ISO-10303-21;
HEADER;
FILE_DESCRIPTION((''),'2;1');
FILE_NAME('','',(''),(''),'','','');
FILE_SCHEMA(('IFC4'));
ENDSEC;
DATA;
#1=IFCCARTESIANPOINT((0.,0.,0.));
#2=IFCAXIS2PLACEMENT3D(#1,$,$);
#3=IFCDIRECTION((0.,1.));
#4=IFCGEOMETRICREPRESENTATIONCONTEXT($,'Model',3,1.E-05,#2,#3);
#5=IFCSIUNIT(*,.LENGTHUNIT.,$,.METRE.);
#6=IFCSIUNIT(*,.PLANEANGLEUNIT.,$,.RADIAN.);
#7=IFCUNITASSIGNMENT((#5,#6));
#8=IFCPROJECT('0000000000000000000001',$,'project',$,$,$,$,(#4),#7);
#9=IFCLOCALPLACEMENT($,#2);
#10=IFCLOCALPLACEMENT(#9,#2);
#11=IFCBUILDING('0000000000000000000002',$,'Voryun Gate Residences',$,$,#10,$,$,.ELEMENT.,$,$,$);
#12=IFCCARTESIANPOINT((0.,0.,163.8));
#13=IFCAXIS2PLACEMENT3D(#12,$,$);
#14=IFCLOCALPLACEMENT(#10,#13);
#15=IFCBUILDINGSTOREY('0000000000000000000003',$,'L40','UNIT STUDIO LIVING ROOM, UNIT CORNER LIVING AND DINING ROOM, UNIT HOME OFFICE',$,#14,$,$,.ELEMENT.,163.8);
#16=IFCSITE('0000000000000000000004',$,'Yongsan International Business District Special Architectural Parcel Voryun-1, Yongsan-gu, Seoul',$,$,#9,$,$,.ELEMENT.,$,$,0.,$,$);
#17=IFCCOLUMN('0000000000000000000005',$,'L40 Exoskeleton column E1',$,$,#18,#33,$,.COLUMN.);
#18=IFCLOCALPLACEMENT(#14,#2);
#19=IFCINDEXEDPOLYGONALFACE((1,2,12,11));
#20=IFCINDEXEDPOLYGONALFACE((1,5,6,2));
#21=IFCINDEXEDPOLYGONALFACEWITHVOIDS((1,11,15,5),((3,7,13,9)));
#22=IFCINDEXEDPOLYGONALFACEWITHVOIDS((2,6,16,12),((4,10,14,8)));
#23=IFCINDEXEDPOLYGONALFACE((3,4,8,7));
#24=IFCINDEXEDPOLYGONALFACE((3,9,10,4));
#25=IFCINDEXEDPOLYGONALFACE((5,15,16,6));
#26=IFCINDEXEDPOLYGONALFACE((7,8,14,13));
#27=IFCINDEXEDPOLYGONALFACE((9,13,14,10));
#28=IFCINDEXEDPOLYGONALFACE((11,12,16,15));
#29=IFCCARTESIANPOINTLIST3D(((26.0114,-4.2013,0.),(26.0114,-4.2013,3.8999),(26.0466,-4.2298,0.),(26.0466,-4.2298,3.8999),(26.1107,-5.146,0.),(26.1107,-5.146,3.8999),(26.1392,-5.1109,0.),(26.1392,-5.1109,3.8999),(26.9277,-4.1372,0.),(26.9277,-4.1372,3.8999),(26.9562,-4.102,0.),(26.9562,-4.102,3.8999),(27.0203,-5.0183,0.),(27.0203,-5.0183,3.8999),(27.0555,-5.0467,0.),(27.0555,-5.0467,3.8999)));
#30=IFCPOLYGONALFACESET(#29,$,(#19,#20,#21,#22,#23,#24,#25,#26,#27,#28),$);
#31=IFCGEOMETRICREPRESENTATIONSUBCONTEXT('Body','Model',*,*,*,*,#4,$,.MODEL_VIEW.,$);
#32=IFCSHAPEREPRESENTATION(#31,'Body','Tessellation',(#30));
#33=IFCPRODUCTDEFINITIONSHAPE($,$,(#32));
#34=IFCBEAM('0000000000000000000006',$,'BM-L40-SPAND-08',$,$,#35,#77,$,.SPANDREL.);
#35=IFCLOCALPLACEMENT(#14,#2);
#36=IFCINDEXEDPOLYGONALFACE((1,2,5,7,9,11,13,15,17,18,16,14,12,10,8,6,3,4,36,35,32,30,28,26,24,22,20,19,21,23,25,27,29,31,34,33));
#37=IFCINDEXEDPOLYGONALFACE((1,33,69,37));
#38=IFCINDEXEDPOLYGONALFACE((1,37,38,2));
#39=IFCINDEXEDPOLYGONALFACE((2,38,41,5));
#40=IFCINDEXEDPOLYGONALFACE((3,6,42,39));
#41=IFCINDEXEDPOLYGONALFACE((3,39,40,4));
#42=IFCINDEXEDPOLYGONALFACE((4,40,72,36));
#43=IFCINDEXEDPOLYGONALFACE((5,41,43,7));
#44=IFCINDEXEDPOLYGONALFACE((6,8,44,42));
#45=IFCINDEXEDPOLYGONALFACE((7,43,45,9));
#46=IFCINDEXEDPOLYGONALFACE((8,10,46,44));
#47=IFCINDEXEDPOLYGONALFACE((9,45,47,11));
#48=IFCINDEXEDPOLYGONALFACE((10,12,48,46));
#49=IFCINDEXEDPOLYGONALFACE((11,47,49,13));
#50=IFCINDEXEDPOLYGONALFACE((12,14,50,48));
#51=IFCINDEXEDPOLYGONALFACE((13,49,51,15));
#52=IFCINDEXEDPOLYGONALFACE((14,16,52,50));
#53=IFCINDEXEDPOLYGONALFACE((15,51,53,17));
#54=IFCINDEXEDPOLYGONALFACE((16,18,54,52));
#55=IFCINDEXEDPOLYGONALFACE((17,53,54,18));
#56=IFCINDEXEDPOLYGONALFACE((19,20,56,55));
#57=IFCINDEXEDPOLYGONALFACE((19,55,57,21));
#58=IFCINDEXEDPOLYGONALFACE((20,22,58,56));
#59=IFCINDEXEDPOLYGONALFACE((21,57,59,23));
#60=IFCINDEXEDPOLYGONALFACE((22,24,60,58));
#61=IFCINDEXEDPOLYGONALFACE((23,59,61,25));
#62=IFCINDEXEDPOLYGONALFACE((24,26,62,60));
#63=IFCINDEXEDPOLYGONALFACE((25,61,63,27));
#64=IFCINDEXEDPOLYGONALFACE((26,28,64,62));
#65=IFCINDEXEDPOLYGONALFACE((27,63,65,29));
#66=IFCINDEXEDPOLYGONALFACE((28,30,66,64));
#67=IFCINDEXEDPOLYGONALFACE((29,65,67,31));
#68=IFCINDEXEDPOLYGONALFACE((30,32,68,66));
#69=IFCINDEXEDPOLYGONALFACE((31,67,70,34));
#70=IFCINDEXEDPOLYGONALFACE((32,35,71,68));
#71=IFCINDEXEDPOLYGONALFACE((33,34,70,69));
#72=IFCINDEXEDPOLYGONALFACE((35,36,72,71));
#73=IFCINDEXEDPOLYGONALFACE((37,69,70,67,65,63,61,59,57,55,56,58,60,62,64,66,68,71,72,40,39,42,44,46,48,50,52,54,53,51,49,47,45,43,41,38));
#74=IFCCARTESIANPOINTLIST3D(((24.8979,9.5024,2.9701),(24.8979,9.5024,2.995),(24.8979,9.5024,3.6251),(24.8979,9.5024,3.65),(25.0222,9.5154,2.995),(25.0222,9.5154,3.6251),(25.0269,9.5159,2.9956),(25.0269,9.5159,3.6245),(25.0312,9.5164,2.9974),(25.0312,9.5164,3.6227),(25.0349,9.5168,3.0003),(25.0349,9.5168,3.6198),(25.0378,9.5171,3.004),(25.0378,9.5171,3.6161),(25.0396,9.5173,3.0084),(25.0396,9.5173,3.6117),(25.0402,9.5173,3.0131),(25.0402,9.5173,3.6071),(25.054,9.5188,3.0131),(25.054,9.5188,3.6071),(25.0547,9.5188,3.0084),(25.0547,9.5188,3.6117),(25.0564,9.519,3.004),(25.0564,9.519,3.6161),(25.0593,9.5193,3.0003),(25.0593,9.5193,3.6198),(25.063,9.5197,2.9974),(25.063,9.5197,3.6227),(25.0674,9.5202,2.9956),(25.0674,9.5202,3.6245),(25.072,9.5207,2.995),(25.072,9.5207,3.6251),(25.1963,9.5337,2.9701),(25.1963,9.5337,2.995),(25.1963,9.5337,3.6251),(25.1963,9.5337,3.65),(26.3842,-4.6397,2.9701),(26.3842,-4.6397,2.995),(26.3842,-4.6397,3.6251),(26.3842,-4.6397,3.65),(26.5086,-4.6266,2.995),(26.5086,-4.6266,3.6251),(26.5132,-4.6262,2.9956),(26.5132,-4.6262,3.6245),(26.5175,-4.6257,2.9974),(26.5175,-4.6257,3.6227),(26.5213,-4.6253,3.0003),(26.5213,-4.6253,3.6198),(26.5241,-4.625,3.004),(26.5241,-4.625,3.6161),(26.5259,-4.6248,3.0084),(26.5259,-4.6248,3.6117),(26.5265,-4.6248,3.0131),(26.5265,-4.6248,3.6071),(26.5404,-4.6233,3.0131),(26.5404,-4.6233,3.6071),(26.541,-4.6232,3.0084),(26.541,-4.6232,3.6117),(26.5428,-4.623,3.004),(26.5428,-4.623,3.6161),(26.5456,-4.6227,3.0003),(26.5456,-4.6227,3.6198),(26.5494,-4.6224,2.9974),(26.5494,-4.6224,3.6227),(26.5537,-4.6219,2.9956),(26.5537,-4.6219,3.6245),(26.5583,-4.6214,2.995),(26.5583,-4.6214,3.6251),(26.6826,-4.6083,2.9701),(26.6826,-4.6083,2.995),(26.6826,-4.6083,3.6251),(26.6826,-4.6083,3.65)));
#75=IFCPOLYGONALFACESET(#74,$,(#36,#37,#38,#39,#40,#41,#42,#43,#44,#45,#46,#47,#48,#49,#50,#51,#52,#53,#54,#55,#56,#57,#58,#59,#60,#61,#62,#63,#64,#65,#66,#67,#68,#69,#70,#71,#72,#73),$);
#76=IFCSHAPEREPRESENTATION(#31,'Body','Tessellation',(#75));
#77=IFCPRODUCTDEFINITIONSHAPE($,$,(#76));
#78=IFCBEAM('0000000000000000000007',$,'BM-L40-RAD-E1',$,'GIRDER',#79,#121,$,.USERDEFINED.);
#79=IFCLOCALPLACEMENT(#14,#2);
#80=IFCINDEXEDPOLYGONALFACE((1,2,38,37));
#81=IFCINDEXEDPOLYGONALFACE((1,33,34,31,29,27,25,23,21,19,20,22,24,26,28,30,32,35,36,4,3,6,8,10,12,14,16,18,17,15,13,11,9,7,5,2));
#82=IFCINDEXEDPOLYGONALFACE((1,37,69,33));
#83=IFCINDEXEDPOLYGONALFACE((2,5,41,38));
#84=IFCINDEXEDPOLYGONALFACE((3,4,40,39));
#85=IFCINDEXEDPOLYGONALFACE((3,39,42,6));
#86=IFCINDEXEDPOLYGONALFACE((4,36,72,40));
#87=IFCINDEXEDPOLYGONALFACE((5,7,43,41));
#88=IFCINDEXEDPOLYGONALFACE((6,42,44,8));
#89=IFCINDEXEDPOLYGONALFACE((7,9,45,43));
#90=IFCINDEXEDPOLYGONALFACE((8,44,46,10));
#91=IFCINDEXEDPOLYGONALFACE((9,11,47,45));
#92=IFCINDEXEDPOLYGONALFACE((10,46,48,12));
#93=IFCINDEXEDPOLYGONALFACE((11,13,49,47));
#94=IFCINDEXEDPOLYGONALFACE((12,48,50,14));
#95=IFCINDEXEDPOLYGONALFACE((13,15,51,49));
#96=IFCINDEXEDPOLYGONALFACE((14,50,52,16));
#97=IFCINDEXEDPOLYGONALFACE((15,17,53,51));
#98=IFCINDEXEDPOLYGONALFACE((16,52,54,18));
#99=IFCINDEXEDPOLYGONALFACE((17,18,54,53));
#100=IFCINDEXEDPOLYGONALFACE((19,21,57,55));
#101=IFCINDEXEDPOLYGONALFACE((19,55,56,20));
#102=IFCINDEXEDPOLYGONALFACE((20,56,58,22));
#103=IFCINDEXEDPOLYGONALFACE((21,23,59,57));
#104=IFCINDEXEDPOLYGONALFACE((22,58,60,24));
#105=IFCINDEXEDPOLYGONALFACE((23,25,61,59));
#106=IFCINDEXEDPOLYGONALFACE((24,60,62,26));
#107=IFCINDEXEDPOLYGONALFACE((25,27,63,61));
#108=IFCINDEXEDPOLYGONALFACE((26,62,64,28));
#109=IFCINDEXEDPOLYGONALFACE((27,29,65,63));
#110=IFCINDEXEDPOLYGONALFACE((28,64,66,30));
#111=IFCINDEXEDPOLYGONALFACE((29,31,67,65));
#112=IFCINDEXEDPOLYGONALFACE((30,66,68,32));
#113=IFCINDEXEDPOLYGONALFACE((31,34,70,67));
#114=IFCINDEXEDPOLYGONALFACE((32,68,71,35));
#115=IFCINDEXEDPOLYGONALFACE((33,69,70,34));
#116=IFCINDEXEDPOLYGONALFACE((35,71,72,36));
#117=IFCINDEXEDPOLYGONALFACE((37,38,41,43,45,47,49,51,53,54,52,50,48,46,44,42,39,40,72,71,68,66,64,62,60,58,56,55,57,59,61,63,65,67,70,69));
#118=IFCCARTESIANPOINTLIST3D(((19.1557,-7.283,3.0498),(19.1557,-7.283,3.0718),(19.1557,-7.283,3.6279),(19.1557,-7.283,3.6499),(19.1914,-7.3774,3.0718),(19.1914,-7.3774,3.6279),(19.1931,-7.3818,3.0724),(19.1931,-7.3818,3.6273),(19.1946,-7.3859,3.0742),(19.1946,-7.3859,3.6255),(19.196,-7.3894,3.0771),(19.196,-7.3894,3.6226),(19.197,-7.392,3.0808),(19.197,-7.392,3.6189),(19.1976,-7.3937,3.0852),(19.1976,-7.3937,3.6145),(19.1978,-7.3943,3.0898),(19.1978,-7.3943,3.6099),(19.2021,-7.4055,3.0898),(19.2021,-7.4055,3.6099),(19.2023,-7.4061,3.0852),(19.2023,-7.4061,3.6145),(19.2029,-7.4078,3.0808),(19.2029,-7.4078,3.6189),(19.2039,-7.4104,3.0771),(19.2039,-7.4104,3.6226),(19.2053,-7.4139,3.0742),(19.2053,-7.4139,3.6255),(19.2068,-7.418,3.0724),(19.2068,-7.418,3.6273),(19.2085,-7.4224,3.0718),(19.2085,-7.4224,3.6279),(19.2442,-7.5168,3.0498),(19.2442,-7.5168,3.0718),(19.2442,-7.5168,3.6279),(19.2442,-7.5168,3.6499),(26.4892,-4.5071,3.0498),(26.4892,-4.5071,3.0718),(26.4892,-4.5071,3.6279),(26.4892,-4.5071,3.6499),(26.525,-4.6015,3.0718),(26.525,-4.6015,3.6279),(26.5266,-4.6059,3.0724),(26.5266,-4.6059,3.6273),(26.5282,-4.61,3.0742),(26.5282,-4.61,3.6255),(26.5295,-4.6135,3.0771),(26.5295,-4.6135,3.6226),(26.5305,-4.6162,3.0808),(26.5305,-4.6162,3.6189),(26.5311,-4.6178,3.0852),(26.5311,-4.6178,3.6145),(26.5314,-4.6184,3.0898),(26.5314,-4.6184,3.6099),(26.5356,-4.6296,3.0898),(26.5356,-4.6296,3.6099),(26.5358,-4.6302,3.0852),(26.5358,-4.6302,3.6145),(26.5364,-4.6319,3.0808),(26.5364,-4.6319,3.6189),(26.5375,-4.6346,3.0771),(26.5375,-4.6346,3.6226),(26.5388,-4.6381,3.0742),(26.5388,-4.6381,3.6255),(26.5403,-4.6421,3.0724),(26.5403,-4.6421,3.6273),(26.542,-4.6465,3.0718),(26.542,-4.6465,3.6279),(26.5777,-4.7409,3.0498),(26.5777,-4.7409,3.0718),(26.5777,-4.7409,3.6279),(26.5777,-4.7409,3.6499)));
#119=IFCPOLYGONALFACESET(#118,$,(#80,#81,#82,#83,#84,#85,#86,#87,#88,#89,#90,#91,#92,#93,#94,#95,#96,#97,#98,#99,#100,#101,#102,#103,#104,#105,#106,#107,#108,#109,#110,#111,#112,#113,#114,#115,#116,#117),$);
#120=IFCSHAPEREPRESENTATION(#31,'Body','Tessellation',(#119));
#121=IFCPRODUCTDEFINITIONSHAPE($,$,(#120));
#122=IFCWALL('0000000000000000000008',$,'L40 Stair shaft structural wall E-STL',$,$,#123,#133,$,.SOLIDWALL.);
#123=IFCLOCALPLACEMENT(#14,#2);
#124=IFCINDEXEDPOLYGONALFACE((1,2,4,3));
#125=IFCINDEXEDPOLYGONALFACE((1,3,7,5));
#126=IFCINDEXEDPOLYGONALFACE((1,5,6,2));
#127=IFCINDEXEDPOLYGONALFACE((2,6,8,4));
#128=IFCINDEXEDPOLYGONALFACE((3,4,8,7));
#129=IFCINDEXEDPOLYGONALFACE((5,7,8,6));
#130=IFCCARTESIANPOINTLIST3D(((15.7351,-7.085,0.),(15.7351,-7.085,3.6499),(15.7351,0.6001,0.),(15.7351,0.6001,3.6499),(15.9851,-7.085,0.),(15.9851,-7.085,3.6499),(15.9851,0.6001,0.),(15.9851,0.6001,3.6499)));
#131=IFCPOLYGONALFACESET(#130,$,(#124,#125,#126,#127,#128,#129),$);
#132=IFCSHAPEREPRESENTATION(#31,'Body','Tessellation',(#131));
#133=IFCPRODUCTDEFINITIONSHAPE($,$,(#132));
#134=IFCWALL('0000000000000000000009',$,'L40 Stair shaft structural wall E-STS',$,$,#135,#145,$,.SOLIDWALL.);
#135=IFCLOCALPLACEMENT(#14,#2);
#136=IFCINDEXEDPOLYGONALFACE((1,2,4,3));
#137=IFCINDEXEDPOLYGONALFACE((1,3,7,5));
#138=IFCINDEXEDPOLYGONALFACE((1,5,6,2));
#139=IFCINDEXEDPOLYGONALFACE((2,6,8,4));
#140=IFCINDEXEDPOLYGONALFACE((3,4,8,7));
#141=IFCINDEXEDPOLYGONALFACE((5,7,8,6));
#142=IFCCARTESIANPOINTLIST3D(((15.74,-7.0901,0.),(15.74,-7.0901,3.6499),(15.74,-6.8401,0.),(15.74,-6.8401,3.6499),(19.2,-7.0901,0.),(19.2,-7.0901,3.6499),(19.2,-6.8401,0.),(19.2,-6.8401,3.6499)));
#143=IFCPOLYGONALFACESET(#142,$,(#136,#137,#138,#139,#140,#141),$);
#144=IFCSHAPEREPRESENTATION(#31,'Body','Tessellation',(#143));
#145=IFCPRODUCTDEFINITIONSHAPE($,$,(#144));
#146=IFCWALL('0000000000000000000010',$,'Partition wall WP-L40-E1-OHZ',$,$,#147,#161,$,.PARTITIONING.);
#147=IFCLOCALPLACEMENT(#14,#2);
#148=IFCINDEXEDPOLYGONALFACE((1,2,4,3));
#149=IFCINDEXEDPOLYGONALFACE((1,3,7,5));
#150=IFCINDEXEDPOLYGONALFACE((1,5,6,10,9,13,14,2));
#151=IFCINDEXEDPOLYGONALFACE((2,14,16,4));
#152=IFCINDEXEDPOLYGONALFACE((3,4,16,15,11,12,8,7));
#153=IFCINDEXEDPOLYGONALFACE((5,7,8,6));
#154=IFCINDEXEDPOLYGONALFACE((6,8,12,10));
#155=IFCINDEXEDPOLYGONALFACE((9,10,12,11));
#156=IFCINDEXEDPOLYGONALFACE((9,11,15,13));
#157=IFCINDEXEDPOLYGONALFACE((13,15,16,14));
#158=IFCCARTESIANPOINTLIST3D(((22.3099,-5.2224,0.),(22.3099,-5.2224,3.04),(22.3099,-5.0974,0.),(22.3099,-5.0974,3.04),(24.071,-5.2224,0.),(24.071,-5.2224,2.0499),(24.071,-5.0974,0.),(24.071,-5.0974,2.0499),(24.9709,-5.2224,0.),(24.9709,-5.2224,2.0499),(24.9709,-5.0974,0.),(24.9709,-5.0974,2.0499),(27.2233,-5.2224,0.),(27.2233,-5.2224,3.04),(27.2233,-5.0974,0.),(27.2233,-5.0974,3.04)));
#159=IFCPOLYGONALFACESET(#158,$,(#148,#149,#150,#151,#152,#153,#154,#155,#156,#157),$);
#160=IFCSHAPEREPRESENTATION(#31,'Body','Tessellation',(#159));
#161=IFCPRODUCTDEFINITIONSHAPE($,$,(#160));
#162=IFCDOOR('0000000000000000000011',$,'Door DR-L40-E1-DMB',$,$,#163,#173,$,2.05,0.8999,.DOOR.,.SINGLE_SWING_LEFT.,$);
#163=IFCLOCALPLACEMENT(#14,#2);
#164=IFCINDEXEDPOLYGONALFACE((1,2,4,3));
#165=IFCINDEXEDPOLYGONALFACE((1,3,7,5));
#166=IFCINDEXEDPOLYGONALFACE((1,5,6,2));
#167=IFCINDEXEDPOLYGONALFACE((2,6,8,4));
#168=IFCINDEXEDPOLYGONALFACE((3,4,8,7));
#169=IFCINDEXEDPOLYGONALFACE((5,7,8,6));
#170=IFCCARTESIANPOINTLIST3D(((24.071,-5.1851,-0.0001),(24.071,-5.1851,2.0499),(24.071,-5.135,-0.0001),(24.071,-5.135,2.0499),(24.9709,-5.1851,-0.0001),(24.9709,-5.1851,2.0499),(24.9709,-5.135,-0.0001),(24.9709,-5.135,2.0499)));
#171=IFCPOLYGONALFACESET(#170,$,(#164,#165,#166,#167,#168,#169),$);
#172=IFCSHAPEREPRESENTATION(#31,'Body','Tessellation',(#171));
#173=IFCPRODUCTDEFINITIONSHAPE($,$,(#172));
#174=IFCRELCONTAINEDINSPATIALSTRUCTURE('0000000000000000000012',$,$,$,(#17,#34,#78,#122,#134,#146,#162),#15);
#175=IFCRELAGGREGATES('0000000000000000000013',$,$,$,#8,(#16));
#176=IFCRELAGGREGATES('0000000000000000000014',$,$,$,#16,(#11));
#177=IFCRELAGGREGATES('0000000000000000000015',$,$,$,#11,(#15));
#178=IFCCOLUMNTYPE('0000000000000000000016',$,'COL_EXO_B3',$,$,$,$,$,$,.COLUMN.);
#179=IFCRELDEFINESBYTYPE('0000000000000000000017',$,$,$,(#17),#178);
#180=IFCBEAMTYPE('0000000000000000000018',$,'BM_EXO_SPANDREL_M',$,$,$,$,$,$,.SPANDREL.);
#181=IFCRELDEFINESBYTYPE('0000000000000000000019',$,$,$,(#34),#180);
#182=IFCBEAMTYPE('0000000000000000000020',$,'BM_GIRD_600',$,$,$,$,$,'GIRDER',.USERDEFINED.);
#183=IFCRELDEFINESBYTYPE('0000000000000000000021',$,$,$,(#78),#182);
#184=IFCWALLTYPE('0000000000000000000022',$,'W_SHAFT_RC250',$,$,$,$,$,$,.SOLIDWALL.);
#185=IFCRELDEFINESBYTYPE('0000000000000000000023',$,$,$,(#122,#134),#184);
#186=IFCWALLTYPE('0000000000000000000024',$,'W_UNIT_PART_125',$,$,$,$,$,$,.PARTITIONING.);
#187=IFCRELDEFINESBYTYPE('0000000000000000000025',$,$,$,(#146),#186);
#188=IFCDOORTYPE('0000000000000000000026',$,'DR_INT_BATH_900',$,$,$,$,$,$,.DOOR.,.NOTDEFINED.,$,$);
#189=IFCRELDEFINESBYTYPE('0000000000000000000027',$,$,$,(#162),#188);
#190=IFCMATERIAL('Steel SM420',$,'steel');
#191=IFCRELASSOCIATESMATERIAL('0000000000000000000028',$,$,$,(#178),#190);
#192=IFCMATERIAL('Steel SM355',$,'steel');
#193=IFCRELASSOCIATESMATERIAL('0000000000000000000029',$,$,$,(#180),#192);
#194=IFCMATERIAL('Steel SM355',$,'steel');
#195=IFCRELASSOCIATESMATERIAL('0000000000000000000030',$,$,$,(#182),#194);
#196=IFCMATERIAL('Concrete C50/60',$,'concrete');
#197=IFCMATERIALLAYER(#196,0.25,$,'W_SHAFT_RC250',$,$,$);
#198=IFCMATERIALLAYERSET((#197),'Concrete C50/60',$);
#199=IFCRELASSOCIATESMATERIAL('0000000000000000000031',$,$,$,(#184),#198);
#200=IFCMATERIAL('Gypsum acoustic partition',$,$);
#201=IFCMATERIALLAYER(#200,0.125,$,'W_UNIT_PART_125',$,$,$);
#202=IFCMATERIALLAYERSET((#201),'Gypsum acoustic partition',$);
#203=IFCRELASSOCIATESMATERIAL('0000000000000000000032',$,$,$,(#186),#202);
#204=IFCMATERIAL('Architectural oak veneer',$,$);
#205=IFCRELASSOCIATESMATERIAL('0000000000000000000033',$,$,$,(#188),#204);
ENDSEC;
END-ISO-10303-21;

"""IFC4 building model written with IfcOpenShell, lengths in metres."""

from ifc_helpers import new_model, si_unit, direction, frame, frame_2d, origin, origin_2d, place, context, subcontext, project, spatial, rectangle, hollow_rectangle, i_section, extrude, material, layer, layer_set, material_profile, profile_set, type_object, element, fill, save


model = new_model("IFC4")

# Units and contexts
model_context = context("Model", 3, precision=1e-05, world=origin(), true_north=direction((0.0, 1.0)))
body_context = subcontext(model_context, "Body", "Model", "MODEL_VIEW")
ifc_project = project(units=[si_unit("LENGTHUNIT", "METRE"), si_unit("PLANEANGLEUNIT", "RADIAN")], contexts=[model_context])

# Site, building, storey
site_placement = place(None, origin())
site = spatial("IfcSite", under=ifc_project, at=site_placement, Name="Yongsan International Business District Special Architectural Parcel Voryun-1, Yongsan-gu, Seoul", CompositionType="ELEMENT", RefElevation=0.0)
building_placement = place(site_placement, origin())
building = spatial("IfcBuilding", under=site, at=building_placement, Name="Voryun Gate Residences", CompositionType="ELEMENT")
storey_placement = place(building_placement, frame((0.0, 0.0, 163.8)))
storey = spatial("IfcBuildingStorey", under=building, at=storey_placement, Name="L40", Description="UNIT STUDIO LIVING ROOM, UNIT CORNER LIVING AND DINING ROOM, UNIT HOME OFFICE", CompositionType="ELEMENT", Elevation=163.8)

# Column
ifc_material_1 = material(Name="Steel SM420", Category="steel")
ifc_material_profile_1 = material_profile(ifc_material_1, hollow_rectangle(XDim=0.95, YDim=0.95, WallThickness=0.032, at=origin_2d()), Name="BOX-950x950x32")
ifc_profile_set_1 = profile_set([ifc_material_profile_1], Name="Steel SM420")
column_type = type_object("IfcColumnType", Name="COL_EXO_B3", PredefinedType="COLUMN", material=ifc_profile_set_1)
column_placement = place(storey_placement, frame((26.5334, -4.624, 0.0), z_axis=(0.0, 0.0, 1.0), x_axis=(0.994522, 0.104528, 0.0)))
element("IfcColumn", 1, at=column_placement, inside=storey, type_object=column_type, Name="L40 Exoskeleton column E1", PredefinedType="COLUMN", context=body_context, shape_type="SweptSolid", body=[
    extrude(hollow_rectangle(XDim=0.95, YDim=0.95, WallThickness=0.032, at=origin_2d()), origin(), (0.0, 0.0, 1.0), 3.8999),
])

# Beams
ifc_material_2 = material(Name="Steel SM355", Category="steel")
ifc_material_profile_2 = material_profile(ifc_material_2, i_section(OverallWidth=0.3, OverallDepth=0.6799, WebThickness=0.0139, FlangeThickness=0.0249, FilletRadius=0.0181, at=origin_2d()), Name="H-680x300x14x25")
ifc_profile_set_2 = profile_set([ifc_material_profile_2], Name="Steel SM355")
beam_type_1 = type_object("IfcBeamType", Name="BM_EXO_SPANDREL_M", PredefinedType="SPANDREL", material=ifc_profile_set_2)
beam_1_placement = place(storey_placement, frame((26.5334, -4.624, 3.3101), z_axis=(-0.104524, 0.994522, 0.0), x_axis=(-0.994522, -0.104524, 0.0)))
element("IfcBeam", 2, at=beam_1_placement, inside=storey, type_object=beam_type_1, Name="BM-L40-SPAND-08", PredefinedType="SPANDREL", context=body_context, shape_type="SweptSolid", body=[
    extrude(i_section(OverallWidth=0.3, OverallDepth=0.6799, WebThickness=0.0139, FlangeThickness=0.0249, FilletRadius=0.0181, at=origin_2d()), origin(), (0.0, 0.0, 1.0), 14.22),
])
ifc_material_3 = material(Name="Steel SM355", Category="steel")
ifc_material_profile_3 = material_profile(ifc_material_3, i_section(OverallWidth=0.25, OverallDepth=0.6001, WebThickness=0.012, FlangeThickness=0.022, FilletRadius=0.0181, at=origin_2d()), Name="H-600x250x12x22")
ifc_profile_set_3 = profile_set([ifc_material_profile_3], Name="Steel SM355")
beam_type_2 = type_object("IfcBeamType", Name="BM_GIRD_600", ElementType="GIRDER", PredefinedType="USERDEFINED", material=ifc_profile_set_3)
beam_2_placement = place(storey_placement, frame((19.2, -7.3999, 3.3499), z_axis=(0.935242, 0.354008, 0.0), x_axis=(-0.354008, 0.935242, 0.0)))
element("IfcBeam", 3, at=beam_2_placement, inside=storey, type_object=beam_type_2, Name="BM-L40-RAD-E1", ObjectType="GIRDER", PredefinedType="USERDEFINED", context=body_context, shape_type="SweptSolid", body=[
    extrude(i_section(OverallWidth=0.25, OverallDepth=0.6001, WebThickness=0.012, FlangeThickness=0.022, FilletRadius=0.0181, at=origin_2d()), origin(), (0.0, 0.0, 1.0), 7.8413),
])

# Walls
ifc_material_4 = material(Name="Concrete C50/60", Category="concrete")
ifc_layer_1 = layer(ifc_material_4, 0.25, Name="W_SHAFT_RC250")
ifc_layer_set_1 = layer_set([ifc_layer_1], Name="Concrete C50/60")
wall_type_1 = type_object("IfcWallType", Name="W_SHAFT_RC250", PredefinedType="SOLIDWALL", material=ifc_layer_set_1)
wall_1_placement = place(storey_placement, frame((15.8601, -7.085, 0.0), z_axis=(0.0, 0.0, 1.0), x_axis=(0.0, 1.0, 0.0)))
element("IfcWall", 4, at=wall_1_placement, inside=storey, type_object=wall_type_1, Name="L40 Stair shaft structural wall E-STL", PredefinedType="SOLIDWALL", context=body_context, shape_type="SweptSolid", body=[
    extrude(rectangle(XDim=7.6851, YDim=0.25, at=frame_2d((3.8425, 0.0))), origin(), (0.0, 0.0, 1.0), 3.6499),
])
wall_2_placement = place(storey_placement, frame((15.74, -6.9651, 0.0), z_axis=(0.0, 0.0, 1.0), x_axis=(1.0, 0.0, 0.0)))
element("IfcWall", 5, at=wall_2_placement, inside=storey, type_object=wall_type_1, Name="L40 Stair shaft structural wall E-STS", PredefinedType="SOLIDWALL", context=body_context, shape_type="SweptSolid", body=[
    extrude(rectangle(XDim=3.46, YDim=0.25, at=frame_2d((1.73, 0.0))), origin(), (0.0, 0.0, 1.0), 3.6499),
])

# Wall, opening, door
ifc_material_5 = material(Name="Gypsum acoustic partition")
ifc_layer_2 = layer(ifc_material_5, 0.125, Name="W_UNIT_PART_125")
ifc_layer_set_2 = layer_set([ifc_layer_2], Name="Gypsum acoustic partition")
wall_type_2 = type_object("IfcWallType", Name="W_UNIT_PART_125", PredefinedType="PARTITIONING", material=ifc_layer_set_2)
wall_3_placement = place(storey_placement, frame((22.3101, -5.1599, 0.0), z_axis=(0.0, 0.0, 1.0), x_axis=(1.0, 0.0, 0.0)))
wall_3 = element("IfcWall", 6, at=wall_3_placement, inside=storey, type_object=wall_type_2, Name="Partition wall WP-L40-E1-OHZ", PredefinedType="PARTITIONING", context=body_context, shape_type="SweptSolid", body=[
    extrude(rectangle(XDim=4.9133, YDim=0.125, at=frame_2d((2.4565, 0.0))), origin(), (0.0, 0.0, 1.0), 3.04),
])
opening_1_placement = place(wall_3_placement, frame((1.761, 0.0, 0.0)))
opening_1 = element("IfcOpeningElement", 7, at=opening_1_placement, cuts=wall_3, PredefinedType="OPENING", context=body_context, shape_type="SweptSolid", body=[
    extrude(rectangle(XDim=0.8999, YDim=2.05, at=frame_2d((0.45, 1.0249))), frame((0.0, 0.0725, 0.0), z_axis=(0.0, -1.0, 0.0), x_axis=(1.0, 0.0, 0.0)), (0.0, 0.0, 1.0), 0.145),
])
ifc_material_6 = material(Name="Architectural oak veneer")
door_type = type_object("IfcDoorType", Name="DR_INT_BATH_900", OperationType="NOTDEFINED", PredefinedType="DOOR", material=ifc_material_6)
door_1_placement = place(opening_1_placement, origin())
door_1 = element("IfcDoor", 8, at=door_1_placement, inside=storey, type_object=door_type, Name="Door DR-L40-E1-DMB", OperationType="SINGLE_SWING_LEFT", OverallHeight=2.05, OverallWidth=0.8999, PredefinedType="DOOR", context=body_context, shape_type="SweptSolid", body=[
    extrude(rectangle(XDim=0.8999, YDim=2.05, at=frame_2d((0.45, 1.0249))), frame((0.0, 0.0249, 0.0), z_axis=(0.0, -1.0, 0.0), x_axis=(1.0, 0.0, 0.0)), (0.0, 0.0, 1.0), 0.05),
])
fill(opening_1, door_1)

save(model, "model.ifc")
